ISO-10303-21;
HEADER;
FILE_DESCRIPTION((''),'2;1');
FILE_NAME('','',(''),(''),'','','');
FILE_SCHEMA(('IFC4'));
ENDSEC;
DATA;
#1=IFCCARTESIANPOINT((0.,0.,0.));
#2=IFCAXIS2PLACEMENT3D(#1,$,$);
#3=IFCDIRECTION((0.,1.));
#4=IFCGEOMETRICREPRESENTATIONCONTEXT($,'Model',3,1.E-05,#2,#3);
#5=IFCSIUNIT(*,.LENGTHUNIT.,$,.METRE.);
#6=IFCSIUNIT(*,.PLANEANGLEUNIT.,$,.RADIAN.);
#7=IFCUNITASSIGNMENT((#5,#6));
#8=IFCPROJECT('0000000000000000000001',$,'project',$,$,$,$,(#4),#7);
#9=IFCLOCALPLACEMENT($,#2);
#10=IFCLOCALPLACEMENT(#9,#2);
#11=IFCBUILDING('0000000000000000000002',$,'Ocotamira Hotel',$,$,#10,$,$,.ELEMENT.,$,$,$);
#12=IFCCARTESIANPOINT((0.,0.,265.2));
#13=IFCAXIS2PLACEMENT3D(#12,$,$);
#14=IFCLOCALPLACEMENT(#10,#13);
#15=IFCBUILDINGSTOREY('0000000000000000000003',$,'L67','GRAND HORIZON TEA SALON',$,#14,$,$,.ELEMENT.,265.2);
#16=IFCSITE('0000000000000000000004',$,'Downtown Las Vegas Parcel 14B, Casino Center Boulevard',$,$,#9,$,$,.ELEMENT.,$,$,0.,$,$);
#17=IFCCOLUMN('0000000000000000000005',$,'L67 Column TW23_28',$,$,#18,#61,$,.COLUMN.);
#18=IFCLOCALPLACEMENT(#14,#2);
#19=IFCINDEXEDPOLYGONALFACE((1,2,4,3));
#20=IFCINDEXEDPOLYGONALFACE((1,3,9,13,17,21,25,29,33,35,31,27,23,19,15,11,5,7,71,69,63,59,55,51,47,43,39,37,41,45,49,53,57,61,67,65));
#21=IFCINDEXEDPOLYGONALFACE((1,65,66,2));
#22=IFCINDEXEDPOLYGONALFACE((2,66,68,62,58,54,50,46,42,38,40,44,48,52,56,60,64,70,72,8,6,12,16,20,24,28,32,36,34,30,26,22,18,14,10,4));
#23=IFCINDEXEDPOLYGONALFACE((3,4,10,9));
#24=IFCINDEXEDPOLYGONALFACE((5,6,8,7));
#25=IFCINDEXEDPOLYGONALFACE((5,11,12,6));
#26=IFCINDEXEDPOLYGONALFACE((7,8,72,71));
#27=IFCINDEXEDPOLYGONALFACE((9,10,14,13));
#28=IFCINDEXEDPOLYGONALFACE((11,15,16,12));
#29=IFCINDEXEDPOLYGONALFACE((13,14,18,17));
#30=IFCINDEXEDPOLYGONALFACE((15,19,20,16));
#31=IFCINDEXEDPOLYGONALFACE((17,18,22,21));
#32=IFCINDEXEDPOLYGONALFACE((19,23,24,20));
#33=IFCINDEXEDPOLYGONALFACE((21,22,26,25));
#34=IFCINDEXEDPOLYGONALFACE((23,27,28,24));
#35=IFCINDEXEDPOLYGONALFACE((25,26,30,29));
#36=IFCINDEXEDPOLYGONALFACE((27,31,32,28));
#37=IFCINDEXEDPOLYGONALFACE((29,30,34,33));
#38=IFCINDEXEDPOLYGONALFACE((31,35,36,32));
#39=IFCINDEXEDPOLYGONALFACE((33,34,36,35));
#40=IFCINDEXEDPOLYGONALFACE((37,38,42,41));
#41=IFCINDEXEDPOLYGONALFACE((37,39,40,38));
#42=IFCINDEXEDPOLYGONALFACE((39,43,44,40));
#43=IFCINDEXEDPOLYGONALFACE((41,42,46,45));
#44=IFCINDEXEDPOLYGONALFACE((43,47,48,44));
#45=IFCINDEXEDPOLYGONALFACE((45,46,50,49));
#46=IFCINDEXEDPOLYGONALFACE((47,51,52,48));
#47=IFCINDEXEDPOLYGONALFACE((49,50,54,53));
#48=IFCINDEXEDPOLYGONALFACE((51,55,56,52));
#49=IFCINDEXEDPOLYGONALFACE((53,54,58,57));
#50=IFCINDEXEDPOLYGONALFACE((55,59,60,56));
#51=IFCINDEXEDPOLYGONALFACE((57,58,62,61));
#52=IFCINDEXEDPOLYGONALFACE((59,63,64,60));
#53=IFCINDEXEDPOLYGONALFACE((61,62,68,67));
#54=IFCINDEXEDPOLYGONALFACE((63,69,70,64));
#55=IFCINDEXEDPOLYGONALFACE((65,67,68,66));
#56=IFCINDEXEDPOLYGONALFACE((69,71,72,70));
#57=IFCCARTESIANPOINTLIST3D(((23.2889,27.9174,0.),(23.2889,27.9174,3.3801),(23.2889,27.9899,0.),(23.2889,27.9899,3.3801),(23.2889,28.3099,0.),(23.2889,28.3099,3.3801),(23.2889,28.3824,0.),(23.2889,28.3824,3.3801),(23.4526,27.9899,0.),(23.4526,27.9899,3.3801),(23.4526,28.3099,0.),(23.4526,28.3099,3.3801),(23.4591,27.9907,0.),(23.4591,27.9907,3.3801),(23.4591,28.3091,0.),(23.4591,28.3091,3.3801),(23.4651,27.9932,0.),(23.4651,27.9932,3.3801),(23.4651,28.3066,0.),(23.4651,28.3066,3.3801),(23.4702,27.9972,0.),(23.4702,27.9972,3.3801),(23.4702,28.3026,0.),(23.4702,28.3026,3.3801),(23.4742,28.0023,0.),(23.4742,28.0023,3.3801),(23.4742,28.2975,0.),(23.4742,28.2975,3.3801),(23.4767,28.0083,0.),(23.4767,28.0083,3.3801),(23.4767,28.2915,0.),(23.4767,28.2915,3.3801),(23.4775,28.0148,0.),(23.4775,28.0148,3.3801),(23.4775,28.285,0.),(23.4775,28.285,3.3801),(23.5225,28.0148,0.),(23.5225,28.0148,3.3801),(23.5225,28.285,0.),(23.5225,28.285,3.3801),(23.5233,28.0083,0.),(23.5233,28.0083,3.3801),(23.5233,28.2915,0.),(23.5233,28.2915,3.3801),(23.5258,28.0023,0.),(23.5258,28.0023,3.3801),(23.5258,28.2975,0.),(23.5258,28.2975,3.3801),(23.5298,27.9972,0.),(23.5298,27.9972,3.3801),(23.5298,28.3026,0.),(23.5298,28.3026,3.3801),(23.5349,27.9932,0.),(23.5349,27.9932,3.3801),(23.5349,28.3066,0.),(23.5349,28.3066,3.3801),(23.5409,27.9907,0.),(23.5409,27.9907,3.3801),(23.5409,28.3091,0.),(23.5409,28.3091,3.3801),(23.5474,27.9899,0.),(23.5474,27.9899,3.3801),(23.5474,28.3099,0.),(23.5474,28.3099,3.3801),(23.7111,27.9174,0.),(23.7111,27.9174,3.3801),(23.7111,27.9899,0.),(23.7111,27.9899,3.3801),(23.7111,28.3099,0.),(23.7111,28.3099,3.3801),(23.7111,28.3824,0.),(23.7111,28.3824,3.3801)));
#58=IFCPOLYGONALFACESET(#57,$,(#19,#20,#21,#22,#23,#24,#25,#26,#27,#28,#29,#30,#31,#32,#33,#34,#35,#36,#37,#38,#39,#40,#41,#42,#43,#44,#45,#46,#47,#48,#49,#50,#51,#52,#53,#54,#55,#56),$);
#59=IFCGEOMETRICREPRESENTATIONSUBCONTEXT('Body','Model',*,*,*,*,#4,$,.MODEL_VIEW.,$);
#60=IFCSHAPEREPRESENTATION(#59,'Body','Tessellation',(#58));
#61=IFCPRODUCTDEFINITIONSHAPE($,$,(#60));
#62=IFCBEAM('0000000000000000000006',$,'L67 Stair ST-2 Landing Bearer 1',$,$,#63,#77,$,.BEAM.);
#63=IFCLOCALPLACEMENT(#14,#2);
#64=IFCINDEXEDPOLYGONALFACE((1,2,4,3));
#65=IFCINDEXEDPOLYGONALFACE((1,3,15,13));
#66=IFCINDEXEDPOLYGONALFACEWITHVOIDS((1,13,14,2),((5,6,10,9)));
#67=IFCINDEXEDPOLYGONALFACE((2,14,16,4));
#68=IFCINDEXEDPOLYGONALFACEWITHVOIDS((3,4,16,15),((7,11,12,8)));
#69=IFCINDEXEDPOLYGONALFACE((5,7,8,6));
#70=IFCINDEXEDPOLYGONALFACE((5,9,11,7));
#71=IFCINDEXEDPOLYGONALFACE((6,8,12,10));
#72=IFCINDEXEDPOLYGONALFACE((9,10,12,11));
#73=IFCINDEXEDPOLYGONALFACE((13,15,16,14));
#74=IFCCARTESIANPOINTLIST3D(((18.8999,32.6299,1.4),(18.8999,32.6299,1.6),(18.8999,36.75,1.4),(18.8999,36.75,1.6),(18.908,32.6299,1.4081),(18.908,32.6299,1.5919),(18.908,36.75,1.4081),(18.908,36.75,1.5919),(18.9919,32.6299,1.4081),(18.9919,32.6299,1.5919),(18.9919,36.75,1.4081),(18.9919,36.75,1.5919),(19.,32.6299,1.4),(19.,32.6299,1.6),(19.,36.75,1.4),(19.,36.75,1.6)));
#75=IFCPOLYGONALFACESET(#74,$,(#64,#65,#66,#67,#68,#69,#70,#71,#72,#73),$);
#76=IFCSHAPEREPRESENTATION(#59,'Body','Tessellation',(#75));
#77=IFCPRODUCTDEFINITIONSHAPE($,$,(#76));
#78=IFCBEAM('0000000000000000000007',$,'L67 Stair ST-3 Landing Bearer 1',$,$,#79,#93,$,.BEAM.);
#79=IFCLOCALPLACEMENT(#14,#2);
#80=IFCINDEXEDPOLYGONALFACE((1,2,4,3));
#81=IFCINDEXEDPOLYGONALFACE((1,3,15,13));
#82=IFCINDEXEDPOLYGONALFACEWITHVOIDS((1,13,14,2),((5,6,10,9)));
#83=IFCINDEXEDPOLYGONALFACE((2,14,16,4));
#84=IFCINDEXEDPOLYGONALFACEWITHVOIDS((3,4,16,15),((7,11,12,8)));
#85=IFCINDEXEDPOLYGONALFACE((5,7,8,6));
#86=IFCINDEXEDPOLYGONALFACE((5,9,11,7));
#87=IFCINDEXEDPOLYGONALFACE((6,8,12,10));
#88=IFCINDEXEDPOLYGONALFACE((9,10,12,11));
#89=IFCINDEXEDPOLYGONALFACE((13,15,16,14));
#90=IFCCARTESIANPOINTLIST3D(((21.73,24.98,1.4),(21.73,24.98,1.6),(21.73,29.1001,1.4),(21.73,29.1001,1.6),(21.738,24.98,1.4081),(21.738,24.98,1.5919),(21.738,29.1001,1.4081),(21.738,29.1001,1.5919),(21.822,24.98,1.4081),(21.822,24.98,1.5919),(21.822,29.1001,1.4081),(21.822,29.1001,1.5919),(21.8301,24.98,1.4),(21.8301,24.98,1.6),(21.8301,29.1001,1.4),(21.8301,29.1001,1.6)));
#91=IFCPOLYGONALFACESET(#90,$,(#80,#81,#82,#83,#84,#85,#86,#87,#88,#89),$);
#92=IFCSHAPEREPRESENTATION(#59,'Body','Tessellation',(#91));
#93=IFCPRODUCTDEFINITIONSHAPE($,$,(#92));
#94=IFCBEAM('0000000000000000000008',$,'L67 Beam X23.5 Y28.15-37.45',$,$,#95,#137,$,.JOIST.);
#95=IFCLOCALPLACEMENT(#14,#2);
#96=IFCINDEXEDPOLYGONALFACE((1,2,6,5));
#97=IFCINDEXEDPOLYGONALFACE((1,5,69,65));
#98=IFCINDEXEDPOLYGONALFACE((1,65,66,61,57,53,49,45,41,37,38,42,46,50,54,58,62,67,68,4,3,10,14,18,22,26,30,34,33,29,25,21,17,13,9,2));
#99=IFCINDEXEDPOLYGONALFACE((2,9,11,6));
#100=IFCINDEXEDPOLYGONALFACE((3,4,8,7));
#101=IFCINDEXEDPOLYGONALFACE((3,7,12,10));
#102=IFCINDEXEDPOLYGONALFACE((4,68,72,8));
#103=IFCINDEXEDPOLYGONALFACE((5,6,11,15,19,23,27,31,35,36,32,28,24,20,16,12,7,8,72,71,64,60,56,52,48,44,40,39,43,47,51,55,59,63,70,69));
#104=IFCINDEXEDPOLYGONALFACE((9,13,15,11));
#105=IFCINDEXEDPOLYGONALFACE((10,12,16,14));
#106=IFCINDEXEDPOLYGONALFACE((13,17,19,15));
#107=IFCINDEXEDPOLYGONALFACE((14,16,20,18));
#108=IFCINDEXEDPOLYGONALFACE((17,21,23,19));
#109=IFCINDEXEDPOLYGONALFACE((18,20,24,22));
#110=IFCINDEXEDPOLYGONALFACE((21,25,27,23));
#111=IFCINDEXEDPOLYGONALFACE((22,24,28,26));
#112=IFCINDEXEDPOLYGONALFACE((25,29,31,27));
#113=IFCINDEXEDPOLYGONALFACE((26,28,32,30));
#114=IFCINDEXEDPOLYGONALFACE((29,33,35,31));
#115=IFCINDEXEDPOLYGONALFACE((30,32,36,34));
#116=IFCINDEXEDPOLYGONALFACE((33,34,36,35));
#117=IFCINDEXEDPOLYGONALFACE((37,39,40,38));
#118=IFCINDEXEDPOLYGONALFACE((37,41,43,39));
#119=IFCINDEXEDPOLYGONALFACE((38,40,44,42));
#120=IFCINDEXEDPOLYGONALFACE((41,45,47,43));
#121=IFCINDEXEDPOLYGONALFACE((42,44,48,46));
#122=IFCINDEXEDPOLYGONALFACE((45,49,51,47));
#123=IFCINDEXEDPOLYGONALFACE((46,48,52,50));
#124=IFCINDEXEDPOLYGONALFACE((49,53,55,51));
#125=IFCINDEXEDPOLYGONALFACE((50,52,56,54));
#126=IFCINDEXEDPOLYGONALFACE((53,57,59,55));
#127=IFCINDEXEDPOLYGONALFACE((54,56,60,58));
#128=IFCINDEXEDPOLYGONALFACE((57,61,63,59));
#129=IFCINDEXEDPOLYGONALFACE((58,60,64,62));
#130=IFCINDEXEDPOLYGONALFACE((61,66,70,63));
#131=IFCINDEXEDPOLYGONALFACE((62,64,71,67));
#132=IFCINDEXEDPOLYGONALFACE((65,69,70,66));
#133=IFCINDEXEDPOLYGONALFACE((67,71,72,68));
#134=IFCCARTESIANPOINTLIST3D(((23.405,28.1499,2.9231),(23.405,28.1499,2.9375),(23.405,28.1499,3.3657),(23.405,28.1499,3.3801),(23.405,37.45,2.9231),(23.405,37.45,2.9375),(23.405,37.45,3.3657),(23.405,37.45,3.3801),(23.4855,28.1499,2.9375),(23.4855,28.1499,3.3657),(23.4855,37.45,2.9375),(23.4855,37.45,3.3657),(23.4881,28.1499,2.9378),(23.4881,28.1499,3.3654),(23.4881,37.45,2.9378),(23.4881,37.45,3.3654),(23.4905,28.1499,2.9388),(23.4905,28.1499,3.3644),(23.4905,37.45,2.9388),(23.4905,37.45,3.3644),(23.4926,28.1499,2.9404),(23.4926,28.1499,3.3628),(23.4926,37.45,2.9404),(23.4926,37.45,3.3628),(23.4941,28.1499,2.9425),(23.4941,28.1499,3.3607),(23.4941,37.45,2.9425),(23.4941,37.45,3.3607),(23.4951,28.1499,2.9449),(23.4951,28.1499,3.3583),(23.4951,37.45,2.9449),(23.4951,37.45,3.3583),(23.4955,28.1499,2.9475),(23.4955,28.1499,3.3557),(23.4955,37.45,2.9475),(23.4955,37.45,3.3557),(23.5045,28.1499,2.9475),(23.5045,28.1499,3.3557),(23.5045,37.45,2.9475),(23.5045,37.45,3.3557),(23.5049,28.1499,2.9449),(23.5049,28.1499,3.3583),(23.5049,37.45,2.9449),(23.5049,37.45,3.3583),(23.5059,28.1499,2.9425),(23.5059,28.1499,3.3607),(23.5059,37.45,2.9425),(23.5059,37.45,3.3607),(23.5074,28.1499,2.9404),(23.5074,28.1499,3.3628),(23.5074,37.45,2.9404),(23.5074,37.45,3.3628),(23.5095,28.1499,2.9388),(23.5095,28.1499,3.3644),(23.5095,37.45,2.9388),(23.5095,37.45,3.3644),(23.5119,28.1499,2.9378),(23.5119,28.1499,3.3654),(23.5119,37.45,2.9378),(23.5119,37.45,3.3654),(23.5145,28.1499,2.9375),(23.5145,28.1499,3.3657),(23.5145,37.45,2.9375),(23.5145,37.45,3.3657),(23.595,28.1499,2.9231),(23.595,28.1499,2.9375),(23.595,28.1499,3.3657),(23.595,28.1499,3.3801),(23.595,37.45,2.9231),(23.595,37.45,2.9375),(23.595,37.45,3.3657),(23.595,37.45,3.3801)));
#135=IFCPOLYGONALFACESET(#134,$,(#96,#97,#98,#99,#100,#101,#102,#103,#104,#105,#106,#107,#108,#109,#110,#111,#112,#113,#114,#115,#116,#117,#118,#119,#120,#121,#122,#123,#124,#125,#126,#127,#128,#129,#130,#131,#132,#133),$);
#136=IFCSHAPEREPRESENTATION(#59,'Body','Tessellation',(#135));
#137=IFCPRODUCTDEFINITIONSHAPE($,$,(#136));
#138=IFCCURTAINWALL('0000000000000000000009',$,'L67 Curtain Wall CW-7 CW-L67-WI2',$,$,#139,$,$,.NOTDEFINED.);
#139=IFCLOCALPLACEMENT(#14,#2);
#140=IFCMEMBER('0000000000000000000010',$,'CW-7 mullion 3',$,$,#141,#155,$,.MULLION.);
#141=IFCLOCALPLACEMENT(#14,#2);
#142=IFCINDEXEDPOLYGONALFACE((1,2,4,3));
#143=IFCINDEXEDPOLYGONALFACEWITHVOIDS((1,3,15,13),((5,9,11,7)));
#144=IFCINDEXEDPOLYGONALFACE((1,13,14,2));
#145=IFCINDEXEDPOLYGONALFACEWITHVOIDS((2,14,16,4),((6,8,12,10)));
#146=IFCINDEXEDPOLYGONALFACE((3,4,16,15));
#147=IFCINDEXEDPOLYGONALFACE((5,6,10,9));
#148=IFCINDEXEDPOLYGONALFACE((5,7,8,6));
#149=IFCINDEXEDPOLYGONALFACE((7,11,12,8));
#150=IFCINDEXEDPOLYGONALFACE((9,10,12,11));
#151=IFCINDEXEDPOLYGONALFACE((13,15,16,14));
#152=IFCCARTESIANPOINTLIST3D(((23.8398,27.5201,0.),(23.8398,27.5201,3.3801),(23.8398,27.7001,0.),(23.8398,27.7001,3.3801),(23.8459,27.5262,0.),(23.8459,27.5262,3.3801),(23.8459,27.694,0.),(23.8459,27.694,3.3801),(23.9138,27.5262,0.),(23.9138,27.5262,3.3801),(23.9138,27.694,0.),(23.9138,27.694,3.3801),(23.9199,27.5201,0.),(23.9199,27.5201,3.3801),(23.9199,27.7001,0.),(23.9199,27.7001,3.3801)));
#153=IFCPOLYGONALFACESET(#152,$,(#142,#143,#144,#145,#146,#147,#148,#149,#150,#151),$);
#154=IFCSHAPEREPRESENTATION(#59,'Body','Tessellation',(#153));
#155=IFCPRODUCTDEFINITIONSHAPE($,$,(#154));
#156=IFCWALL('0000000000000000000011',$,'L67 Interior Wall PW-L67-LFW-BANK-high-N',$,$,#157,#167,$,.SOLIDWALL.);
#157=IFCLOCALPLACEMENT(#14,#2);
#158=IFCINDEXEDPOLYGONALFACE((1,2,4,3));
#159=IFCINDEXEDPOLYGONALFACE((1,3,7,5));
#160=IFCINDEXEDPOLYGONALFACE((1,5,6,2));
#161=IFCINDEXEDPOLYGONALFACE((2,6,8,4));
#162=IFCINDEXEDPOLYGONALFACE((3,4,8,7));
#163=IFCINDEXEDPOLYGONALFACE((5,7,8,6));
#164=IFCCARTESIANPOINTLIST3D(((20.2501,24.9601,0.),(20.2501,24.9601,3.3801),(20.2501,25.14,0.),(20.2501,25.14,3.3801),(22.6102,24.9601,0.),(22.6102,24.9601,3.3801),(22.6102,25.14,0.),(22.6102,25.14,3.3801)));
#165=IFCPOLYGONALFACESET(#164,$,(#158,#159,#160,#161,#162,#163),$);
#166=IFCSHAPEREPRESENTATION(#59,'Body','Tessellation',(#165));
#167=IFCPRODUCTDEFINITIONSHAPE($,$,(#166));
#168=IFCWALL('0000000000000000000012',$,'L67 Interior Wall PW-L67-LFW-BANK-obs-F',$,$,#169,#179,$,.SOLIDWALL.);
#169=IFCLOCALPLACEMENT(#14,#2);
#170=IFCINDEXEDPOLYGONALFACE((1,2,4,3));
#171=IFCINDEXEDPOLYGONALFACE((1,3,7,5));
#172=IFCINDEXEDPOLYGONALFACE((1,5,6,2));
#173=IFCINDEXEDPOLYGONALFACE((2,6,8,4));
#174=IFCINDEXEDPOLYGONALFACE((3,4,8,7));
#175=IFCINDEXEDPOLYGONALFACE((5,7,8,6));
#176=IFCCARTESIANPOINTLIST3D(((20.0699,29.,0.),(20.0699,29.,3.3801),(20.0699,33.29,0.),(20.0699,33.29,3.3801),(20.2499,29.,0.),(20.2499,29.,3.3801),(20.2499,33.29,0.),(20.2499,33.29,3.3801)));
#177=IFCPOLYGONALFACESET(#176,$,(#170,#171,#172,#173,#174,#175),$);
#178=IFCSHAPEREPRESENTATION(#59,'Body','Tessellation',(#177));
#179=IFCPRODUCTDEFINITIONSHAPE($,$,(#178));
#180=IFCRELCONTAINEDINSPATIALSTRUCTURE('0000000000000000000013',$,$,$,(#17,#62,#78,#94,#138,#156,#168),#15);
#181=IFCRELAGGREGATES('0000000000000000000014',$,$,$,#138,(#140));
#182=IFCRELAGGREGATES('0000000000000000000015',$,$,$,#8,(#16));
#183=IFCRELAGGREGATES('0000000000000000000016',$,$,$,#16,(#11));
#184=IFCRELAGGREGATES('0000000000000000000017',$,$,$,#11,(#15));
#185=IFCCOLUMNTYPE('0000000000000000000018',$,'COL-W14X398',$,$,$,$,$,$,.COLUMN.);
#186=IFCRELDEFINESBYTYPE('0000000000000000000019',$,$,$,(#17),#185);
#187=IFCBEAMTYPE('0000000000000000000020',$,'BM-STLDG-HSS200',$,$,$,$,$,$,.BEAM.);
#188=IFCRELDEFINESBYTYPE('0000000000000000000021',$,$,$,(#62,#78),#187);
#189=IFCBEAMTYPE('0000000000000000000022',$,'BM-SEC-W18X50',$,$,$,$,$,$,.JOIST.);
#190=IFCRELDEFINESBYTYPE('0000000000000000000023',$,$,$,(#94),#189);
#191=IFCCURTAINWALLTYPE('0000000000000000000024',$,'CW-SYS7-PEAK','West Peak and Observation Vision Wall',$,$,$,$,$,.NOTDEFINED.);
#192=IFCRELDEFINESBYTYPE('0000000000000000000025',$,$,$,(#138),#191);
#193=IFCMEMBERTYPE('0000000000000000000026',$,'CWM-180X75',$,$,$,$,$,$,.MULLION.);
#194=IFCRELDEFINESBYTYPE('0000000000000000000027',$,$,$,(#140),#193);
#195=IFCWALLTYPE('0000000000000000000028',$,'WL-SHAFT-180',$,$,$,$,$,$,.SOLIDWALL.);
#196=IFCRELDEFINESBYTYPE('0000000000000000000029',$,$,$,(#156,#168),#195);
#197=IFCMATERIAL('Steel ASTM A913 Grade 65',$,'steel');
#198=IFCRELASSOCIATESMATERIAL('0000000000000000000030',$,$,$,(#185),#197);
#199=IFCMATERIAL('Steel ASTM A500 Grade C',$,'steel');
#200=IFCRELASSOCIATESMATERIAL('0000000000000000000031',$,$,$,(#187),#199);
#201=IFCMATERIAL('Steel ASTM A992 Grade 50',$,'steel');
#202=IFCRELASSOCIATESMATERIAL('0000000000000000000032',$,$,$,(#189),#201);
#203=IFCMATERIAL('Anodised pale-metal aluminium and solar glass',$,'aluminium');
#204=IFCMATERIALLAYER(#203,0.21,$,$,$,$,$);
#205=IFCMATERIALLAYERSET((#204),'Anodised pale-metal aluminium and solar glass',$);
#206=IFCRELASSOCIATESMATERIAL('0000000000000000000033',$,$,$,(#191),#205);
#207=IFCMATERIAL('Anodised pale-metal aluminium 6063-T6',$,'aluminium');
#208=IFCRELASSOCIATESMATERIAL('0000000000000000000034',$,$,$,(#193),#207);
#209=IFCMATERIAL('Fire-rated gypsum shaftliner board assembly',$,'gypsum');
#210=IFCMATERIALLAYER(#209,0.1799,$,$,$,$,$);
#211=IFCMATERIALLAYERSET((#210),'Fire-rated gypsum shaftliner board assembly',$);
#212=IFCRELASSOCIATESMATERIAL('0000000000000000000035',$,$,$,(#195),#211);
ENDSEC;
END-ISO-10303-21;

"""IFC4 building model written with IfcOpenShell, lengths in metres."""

from ifc_helpers import new_model, si_unit, direction, frame, frame_2d, origin, origin_2d, place, context, subcontext, project, spatial, rectangle, hollow_rectangle, i_section, extrude, source, transform, mapped, material, layer, layer_set, material_profile, profile_set, type_object, element, aggregate, save


model = new_model("IFC4")

# Units and contexts
model_context = context("Model", 3, precision=1e-05, world=origin(), true_north=direction((0.0, 1.0)))
body_context = subcontext(model_context, "Body", "Model", "MODEL_VIEW")
ifc_project = project(units=[si_unit("LENGTHUNIT", "METRE"), si_unit("PLANEANGLEUNIT", "RADIAN")], contexts=[model_context])

# Site, building, storey
site_placement = place(None, origin())
site = spatial("IfcSite", under=ifc_project, at=site_placement, Name="Downtown Las Vegas Parcel 14B, Casino Center Boulevard", CompositionType="ELEMENT", RefElevation=0.0)
building_placement = place(site_placement, origin())
building = spatial("IfcBuilding", under=site, at=building_placement, Name="Ocotamira Hotel", CompositionType="ELEMENT")
storey_placement = place(building_placement, frame((0.0, 0.0, 265.2)))
storey = spatial("IfcBuildingStorey", under=building, at=storey_placement, Name="L67", Description="GRAND HORIZON TEA SALON", CompositionType="ELEMENT", Elevation=265.2)

# Column
ifc_material_1 = material(Name="Steel ASTM A913 Grade 65", Category="steel")
ifc_material_profile_1 = material_profile(ifc_material_1, i_section(OverallWidth=0.4221, OverallDepth=0.4651, WebThickness=0.0449, FlangeThickness=0.0725, FilletRadius=0.0249, at=origin_2d()), Name="W14X398")
ifc_profile_set_1 = profile_set([ifc_material_profile_1], Name="Steel ASTM A913 Grade 65")
column_type = type_object("IfcColumnType", Name="COL-W14X398", PredefinedType="COLUMN", material=ifc_profile_set_1)
shared_shape_1 = source(origin(), body_context, "Body", "SweptSolid", [
    extrude(i_section(OverallWidth=0.4221, OverallDepth=0.4651, WebThickness=0.0449, FlangeThickness=0.0725, FilletRadius=0.0249, at=origin_2d()), origin(), (0.0, 0.0, 1.0), 3.3801),
])
column_placement = place(storey_placement, frame((23.5, 28.1499, 0.0), z_axis=(0.0, 0.0, 1.0), x_axis=(1.0, 0.0, 0.0)))
element("IfcColumn", 1, at=column_placement, inside=storey, type_object=column_type, Name="L67 Column TW23_28", PredefinedType="COLUMN", context=body_context, shape_type="MappedRepresentation", body=[
    mapped(shared_shape_1, transform((0.0, 0.0, 0.0), scale=1.0)),
])

# Beams
ifc_material_2 = material(Name="Steel ASTM A500 Grade C", Category="steel")
ifc_material_profile_2 = material_profile(ifc_material_2, hollow_rectangle(XDim=0.1001, YDim=0.2, WallThickness=0.0081, at=origin_2d()), Name="HSS200X100X8")
ifc_profile_set_2 = profile_set([ifc_material_profile_2], Name="Steel ASTM A500 Grade C")
beam_type_1 = type_object("IfcBeamType", Name="BM-STLDG-HSS200", PredefinedType="BEAM", material=ifc_profile_set_2)
shared_shape_2 = source(origin(), body_context, "Body", "SweptSolid", [
    extrude(hollow_rectangle(XDim=0.1001, YDim=0.2, WallThickness=0.0081, at=origin_2d()), origin(), (0.0, 0.0, 1.0), 4.1201),
])
for number, where, z_axis, x_axis, name in (
    (2, (18.95, 32.6299, 1.5), (0.0, 1.0, 0.0), (-1.0, 0.0, 0.0), "L67 Stair ST-2 Landing Bearer 1"),
    (3, (21.78, 24.98, 1.5), (0.0, 1.0, 0.0), (-1.0, 0.0, 0.0), "L67 Stair ST-3 Landing Bearer 1"),
):
    element("IfcBeam", number, at=place(storey_placement, frame(where, z_axis=z_axis, x_axis=x_axis)), inside=storey, type_object=beam_type_1, Name=name, PredefinedType="BEAM", context=body_context, shape_type="MappedRepresentation", body=[
        mapped(shared_shape_2, transform((0.0, 0.0, 0.0), scale=1.0)),
    ])
ifc_material_3 = material(Name="Steel ASTM A992 Grade 50", Category="steel")
ifc_material_profile_3 = material_profile(ifc_material_3, i_section(OverallWidth=0.1899, OverallDepth=0.457, WebThickness=0.009, FlangeThickness=0.0144, FilletRadius=0.01, at=origin_2d()), Name="W18X50")
ifc_profile_set_3 = profile_set([ifc_material_profile_3], Name="Steel ASTM A992 Grade 50")
beam_type_2 = type_object("IfcBeamType", Name="BM-SEC-W18X50", PredefinedType="JOIST", material=ifc_profile_set_3)
shared_shape_3 = source(origin(), body_context, "Body", "SweptSolid", [
    extrude(i_section(OverallWidth=0.1899, OverallDepth=0.457, WebThickness=0.009, FlangeThickness=0.0144, FilletRadius=0.01, at=origin_2d()), origin(), (0.0, 0.0, 1.0), 9.3),
])
beam_placement = place(storey_placement, frame((23.5, 28.1499, 3.1516), z_axis=(0.0, 1.0, 0.0), x_axis=(-1.0, 0.0, 0.0)))
element("IfcBeam", 4, at=beam_placement, inside=storey, type_object=beam_type_2, Name="L67 Beam X23.5 Y28.15-37.45", PredefinedType="JOIST", context=body_context, shape_type="MappedRepresentation", body=[
    mapped(shared_shape_3, transform((0.0, 0.0, 0.0), scale=1.0)),
])

# Curtain wall, member
ifc_material_4 = material(Name="Anodised pale-metal aluminium and solar glass", Category="aluminium")
ifc_layer_1 = layer(ifc_material_4, 0.21)
ifc_layer_set_1 = layer_set([ifc_layer_1], Name="Anodised pale-metal aluminium and solar glass")
curtain_wall_type = type_object("IfcCurtainWallType", Name="CW-SYS7-PEAK", Description="West Peak and Observation Vision Wall", PredefinedType="NOTDEFINED", material=ifc_layer_set_1)
curtain_wall_placement = place(storey_placement, origin())
curtain_wall = element("IfcCurtainWall", 5, at=curtain_wall_placement, inside=storey, type_object=curtain_wall_type, Name="L67 Curtain Wall CW-7 CW-L67-WI2", PredefinedType="NOTDEFINED")
ifc_material_5 = material(Name="Anodised pale-metal aluminium 6063-T6", Category="aluminium")
ifc_material_profile_4 = material_profile(ifc_material_5, hollow_rectangle(XDim=0.0801, YDim=0.1799, WallThickness=0.0061, at=origin_2d()), Name="HSS180X80X6")
ifc_profile_set_4 = profile_set([ifc_material_profile_4], Name="Anodised pale-metal aluminium 6063-T6")
member_type = type_object("IfcMemberType", Name="CWM-180X75", PredefinedType="MULLION", material=ifc_profile_set_4)
shared_shape_4 = source(origin(), body_context, "Body", "SweptSolid", [
    extrude(hollow_rectangle(XDim=0.0801, YDim=0.1799, WallThickness=0.0061, at=origin_2d()), origin(), (0.0, 0.0, 1.0), 3.3801),
])
member_placement = place(storey_placement, frame((23.8799, 27.6101, 0.0), z_axis=(0.0, 0.0, 1.0), x_axis=(-1.0, 0.0, 0.0)))
member = element("IfcMember", 6, at=member_placement, type_object=member_type, Name="CW-7 mullion 3", PredefinedType="MULLION", context=body_context, shape_type="MappedRepresentation", body=[
    mapped(shared_shape_4, transform((0.0, 0.0, 0.0), scale=1.0)),
])
aggregate(curtain_wall, [member])

# Walls
ifc_material_6 = material(Name="Fire-rated gypsum shaftliner board assembly", Category="gypsum")
ifc_layer_2 = layer(ifc_material_6, 0.1799)
ifc_layer_set_2 = layer_set([ifc_layer_2], Name="Fire-rated gypsum shaftliner board assembly")
wall_type_1 = type_object("IfcWallType", Name="WL-SHAFT-180", PredefinedType="SOLIDWALL", material=ifc_layer_set_2)
wall_1_placement = place(storey_placement, frame((20.25, 25.05, 0.0), z_axis=(0.0, 0.0, 1.0), x_axis=(1.0, 0.0, 0.0)))
element("IfcWall", 7, at=wall_1_placement, inside=storey, type_object=wall_type_1, Name="L67 Interior Wall PW-L67-LFW-BANK-high-N", PredefinedType="SOLIDWALL", context=body_context, shape_type="SweptSolid", body=[
    extrude(rectangle(XDim=2.3601, YDim=0.1799, at=frame_2d((1.1802, 0.0))), origin(), (0.0, 0.0, 1.0), 3.3801),
])
wall_2_placement = place(storey_placement, frame((20.1599, 29.0, 0.0), z_axis=(0.0, 0.0, 1.0), x_axis=(0.0, 1.0, 0.0)))
element("IfcWall", 8, at=wall_2_placement, inside=storey, type_object=wall_type_1, Name="L67 Interior Wall PW-L67-LFW-BANK-obs-F", PredefinedType="SOLIDWALL", context=body_context, shape_type="SweptSolid", body=[
    extrude(rectangle(XDim=4.29, YDim=0.1799, at=frame_2d((2.145, 0.0))), origin(), (0.0, 0.0, 1.0), 3.3801),
])

save(model, "model.ifc")
